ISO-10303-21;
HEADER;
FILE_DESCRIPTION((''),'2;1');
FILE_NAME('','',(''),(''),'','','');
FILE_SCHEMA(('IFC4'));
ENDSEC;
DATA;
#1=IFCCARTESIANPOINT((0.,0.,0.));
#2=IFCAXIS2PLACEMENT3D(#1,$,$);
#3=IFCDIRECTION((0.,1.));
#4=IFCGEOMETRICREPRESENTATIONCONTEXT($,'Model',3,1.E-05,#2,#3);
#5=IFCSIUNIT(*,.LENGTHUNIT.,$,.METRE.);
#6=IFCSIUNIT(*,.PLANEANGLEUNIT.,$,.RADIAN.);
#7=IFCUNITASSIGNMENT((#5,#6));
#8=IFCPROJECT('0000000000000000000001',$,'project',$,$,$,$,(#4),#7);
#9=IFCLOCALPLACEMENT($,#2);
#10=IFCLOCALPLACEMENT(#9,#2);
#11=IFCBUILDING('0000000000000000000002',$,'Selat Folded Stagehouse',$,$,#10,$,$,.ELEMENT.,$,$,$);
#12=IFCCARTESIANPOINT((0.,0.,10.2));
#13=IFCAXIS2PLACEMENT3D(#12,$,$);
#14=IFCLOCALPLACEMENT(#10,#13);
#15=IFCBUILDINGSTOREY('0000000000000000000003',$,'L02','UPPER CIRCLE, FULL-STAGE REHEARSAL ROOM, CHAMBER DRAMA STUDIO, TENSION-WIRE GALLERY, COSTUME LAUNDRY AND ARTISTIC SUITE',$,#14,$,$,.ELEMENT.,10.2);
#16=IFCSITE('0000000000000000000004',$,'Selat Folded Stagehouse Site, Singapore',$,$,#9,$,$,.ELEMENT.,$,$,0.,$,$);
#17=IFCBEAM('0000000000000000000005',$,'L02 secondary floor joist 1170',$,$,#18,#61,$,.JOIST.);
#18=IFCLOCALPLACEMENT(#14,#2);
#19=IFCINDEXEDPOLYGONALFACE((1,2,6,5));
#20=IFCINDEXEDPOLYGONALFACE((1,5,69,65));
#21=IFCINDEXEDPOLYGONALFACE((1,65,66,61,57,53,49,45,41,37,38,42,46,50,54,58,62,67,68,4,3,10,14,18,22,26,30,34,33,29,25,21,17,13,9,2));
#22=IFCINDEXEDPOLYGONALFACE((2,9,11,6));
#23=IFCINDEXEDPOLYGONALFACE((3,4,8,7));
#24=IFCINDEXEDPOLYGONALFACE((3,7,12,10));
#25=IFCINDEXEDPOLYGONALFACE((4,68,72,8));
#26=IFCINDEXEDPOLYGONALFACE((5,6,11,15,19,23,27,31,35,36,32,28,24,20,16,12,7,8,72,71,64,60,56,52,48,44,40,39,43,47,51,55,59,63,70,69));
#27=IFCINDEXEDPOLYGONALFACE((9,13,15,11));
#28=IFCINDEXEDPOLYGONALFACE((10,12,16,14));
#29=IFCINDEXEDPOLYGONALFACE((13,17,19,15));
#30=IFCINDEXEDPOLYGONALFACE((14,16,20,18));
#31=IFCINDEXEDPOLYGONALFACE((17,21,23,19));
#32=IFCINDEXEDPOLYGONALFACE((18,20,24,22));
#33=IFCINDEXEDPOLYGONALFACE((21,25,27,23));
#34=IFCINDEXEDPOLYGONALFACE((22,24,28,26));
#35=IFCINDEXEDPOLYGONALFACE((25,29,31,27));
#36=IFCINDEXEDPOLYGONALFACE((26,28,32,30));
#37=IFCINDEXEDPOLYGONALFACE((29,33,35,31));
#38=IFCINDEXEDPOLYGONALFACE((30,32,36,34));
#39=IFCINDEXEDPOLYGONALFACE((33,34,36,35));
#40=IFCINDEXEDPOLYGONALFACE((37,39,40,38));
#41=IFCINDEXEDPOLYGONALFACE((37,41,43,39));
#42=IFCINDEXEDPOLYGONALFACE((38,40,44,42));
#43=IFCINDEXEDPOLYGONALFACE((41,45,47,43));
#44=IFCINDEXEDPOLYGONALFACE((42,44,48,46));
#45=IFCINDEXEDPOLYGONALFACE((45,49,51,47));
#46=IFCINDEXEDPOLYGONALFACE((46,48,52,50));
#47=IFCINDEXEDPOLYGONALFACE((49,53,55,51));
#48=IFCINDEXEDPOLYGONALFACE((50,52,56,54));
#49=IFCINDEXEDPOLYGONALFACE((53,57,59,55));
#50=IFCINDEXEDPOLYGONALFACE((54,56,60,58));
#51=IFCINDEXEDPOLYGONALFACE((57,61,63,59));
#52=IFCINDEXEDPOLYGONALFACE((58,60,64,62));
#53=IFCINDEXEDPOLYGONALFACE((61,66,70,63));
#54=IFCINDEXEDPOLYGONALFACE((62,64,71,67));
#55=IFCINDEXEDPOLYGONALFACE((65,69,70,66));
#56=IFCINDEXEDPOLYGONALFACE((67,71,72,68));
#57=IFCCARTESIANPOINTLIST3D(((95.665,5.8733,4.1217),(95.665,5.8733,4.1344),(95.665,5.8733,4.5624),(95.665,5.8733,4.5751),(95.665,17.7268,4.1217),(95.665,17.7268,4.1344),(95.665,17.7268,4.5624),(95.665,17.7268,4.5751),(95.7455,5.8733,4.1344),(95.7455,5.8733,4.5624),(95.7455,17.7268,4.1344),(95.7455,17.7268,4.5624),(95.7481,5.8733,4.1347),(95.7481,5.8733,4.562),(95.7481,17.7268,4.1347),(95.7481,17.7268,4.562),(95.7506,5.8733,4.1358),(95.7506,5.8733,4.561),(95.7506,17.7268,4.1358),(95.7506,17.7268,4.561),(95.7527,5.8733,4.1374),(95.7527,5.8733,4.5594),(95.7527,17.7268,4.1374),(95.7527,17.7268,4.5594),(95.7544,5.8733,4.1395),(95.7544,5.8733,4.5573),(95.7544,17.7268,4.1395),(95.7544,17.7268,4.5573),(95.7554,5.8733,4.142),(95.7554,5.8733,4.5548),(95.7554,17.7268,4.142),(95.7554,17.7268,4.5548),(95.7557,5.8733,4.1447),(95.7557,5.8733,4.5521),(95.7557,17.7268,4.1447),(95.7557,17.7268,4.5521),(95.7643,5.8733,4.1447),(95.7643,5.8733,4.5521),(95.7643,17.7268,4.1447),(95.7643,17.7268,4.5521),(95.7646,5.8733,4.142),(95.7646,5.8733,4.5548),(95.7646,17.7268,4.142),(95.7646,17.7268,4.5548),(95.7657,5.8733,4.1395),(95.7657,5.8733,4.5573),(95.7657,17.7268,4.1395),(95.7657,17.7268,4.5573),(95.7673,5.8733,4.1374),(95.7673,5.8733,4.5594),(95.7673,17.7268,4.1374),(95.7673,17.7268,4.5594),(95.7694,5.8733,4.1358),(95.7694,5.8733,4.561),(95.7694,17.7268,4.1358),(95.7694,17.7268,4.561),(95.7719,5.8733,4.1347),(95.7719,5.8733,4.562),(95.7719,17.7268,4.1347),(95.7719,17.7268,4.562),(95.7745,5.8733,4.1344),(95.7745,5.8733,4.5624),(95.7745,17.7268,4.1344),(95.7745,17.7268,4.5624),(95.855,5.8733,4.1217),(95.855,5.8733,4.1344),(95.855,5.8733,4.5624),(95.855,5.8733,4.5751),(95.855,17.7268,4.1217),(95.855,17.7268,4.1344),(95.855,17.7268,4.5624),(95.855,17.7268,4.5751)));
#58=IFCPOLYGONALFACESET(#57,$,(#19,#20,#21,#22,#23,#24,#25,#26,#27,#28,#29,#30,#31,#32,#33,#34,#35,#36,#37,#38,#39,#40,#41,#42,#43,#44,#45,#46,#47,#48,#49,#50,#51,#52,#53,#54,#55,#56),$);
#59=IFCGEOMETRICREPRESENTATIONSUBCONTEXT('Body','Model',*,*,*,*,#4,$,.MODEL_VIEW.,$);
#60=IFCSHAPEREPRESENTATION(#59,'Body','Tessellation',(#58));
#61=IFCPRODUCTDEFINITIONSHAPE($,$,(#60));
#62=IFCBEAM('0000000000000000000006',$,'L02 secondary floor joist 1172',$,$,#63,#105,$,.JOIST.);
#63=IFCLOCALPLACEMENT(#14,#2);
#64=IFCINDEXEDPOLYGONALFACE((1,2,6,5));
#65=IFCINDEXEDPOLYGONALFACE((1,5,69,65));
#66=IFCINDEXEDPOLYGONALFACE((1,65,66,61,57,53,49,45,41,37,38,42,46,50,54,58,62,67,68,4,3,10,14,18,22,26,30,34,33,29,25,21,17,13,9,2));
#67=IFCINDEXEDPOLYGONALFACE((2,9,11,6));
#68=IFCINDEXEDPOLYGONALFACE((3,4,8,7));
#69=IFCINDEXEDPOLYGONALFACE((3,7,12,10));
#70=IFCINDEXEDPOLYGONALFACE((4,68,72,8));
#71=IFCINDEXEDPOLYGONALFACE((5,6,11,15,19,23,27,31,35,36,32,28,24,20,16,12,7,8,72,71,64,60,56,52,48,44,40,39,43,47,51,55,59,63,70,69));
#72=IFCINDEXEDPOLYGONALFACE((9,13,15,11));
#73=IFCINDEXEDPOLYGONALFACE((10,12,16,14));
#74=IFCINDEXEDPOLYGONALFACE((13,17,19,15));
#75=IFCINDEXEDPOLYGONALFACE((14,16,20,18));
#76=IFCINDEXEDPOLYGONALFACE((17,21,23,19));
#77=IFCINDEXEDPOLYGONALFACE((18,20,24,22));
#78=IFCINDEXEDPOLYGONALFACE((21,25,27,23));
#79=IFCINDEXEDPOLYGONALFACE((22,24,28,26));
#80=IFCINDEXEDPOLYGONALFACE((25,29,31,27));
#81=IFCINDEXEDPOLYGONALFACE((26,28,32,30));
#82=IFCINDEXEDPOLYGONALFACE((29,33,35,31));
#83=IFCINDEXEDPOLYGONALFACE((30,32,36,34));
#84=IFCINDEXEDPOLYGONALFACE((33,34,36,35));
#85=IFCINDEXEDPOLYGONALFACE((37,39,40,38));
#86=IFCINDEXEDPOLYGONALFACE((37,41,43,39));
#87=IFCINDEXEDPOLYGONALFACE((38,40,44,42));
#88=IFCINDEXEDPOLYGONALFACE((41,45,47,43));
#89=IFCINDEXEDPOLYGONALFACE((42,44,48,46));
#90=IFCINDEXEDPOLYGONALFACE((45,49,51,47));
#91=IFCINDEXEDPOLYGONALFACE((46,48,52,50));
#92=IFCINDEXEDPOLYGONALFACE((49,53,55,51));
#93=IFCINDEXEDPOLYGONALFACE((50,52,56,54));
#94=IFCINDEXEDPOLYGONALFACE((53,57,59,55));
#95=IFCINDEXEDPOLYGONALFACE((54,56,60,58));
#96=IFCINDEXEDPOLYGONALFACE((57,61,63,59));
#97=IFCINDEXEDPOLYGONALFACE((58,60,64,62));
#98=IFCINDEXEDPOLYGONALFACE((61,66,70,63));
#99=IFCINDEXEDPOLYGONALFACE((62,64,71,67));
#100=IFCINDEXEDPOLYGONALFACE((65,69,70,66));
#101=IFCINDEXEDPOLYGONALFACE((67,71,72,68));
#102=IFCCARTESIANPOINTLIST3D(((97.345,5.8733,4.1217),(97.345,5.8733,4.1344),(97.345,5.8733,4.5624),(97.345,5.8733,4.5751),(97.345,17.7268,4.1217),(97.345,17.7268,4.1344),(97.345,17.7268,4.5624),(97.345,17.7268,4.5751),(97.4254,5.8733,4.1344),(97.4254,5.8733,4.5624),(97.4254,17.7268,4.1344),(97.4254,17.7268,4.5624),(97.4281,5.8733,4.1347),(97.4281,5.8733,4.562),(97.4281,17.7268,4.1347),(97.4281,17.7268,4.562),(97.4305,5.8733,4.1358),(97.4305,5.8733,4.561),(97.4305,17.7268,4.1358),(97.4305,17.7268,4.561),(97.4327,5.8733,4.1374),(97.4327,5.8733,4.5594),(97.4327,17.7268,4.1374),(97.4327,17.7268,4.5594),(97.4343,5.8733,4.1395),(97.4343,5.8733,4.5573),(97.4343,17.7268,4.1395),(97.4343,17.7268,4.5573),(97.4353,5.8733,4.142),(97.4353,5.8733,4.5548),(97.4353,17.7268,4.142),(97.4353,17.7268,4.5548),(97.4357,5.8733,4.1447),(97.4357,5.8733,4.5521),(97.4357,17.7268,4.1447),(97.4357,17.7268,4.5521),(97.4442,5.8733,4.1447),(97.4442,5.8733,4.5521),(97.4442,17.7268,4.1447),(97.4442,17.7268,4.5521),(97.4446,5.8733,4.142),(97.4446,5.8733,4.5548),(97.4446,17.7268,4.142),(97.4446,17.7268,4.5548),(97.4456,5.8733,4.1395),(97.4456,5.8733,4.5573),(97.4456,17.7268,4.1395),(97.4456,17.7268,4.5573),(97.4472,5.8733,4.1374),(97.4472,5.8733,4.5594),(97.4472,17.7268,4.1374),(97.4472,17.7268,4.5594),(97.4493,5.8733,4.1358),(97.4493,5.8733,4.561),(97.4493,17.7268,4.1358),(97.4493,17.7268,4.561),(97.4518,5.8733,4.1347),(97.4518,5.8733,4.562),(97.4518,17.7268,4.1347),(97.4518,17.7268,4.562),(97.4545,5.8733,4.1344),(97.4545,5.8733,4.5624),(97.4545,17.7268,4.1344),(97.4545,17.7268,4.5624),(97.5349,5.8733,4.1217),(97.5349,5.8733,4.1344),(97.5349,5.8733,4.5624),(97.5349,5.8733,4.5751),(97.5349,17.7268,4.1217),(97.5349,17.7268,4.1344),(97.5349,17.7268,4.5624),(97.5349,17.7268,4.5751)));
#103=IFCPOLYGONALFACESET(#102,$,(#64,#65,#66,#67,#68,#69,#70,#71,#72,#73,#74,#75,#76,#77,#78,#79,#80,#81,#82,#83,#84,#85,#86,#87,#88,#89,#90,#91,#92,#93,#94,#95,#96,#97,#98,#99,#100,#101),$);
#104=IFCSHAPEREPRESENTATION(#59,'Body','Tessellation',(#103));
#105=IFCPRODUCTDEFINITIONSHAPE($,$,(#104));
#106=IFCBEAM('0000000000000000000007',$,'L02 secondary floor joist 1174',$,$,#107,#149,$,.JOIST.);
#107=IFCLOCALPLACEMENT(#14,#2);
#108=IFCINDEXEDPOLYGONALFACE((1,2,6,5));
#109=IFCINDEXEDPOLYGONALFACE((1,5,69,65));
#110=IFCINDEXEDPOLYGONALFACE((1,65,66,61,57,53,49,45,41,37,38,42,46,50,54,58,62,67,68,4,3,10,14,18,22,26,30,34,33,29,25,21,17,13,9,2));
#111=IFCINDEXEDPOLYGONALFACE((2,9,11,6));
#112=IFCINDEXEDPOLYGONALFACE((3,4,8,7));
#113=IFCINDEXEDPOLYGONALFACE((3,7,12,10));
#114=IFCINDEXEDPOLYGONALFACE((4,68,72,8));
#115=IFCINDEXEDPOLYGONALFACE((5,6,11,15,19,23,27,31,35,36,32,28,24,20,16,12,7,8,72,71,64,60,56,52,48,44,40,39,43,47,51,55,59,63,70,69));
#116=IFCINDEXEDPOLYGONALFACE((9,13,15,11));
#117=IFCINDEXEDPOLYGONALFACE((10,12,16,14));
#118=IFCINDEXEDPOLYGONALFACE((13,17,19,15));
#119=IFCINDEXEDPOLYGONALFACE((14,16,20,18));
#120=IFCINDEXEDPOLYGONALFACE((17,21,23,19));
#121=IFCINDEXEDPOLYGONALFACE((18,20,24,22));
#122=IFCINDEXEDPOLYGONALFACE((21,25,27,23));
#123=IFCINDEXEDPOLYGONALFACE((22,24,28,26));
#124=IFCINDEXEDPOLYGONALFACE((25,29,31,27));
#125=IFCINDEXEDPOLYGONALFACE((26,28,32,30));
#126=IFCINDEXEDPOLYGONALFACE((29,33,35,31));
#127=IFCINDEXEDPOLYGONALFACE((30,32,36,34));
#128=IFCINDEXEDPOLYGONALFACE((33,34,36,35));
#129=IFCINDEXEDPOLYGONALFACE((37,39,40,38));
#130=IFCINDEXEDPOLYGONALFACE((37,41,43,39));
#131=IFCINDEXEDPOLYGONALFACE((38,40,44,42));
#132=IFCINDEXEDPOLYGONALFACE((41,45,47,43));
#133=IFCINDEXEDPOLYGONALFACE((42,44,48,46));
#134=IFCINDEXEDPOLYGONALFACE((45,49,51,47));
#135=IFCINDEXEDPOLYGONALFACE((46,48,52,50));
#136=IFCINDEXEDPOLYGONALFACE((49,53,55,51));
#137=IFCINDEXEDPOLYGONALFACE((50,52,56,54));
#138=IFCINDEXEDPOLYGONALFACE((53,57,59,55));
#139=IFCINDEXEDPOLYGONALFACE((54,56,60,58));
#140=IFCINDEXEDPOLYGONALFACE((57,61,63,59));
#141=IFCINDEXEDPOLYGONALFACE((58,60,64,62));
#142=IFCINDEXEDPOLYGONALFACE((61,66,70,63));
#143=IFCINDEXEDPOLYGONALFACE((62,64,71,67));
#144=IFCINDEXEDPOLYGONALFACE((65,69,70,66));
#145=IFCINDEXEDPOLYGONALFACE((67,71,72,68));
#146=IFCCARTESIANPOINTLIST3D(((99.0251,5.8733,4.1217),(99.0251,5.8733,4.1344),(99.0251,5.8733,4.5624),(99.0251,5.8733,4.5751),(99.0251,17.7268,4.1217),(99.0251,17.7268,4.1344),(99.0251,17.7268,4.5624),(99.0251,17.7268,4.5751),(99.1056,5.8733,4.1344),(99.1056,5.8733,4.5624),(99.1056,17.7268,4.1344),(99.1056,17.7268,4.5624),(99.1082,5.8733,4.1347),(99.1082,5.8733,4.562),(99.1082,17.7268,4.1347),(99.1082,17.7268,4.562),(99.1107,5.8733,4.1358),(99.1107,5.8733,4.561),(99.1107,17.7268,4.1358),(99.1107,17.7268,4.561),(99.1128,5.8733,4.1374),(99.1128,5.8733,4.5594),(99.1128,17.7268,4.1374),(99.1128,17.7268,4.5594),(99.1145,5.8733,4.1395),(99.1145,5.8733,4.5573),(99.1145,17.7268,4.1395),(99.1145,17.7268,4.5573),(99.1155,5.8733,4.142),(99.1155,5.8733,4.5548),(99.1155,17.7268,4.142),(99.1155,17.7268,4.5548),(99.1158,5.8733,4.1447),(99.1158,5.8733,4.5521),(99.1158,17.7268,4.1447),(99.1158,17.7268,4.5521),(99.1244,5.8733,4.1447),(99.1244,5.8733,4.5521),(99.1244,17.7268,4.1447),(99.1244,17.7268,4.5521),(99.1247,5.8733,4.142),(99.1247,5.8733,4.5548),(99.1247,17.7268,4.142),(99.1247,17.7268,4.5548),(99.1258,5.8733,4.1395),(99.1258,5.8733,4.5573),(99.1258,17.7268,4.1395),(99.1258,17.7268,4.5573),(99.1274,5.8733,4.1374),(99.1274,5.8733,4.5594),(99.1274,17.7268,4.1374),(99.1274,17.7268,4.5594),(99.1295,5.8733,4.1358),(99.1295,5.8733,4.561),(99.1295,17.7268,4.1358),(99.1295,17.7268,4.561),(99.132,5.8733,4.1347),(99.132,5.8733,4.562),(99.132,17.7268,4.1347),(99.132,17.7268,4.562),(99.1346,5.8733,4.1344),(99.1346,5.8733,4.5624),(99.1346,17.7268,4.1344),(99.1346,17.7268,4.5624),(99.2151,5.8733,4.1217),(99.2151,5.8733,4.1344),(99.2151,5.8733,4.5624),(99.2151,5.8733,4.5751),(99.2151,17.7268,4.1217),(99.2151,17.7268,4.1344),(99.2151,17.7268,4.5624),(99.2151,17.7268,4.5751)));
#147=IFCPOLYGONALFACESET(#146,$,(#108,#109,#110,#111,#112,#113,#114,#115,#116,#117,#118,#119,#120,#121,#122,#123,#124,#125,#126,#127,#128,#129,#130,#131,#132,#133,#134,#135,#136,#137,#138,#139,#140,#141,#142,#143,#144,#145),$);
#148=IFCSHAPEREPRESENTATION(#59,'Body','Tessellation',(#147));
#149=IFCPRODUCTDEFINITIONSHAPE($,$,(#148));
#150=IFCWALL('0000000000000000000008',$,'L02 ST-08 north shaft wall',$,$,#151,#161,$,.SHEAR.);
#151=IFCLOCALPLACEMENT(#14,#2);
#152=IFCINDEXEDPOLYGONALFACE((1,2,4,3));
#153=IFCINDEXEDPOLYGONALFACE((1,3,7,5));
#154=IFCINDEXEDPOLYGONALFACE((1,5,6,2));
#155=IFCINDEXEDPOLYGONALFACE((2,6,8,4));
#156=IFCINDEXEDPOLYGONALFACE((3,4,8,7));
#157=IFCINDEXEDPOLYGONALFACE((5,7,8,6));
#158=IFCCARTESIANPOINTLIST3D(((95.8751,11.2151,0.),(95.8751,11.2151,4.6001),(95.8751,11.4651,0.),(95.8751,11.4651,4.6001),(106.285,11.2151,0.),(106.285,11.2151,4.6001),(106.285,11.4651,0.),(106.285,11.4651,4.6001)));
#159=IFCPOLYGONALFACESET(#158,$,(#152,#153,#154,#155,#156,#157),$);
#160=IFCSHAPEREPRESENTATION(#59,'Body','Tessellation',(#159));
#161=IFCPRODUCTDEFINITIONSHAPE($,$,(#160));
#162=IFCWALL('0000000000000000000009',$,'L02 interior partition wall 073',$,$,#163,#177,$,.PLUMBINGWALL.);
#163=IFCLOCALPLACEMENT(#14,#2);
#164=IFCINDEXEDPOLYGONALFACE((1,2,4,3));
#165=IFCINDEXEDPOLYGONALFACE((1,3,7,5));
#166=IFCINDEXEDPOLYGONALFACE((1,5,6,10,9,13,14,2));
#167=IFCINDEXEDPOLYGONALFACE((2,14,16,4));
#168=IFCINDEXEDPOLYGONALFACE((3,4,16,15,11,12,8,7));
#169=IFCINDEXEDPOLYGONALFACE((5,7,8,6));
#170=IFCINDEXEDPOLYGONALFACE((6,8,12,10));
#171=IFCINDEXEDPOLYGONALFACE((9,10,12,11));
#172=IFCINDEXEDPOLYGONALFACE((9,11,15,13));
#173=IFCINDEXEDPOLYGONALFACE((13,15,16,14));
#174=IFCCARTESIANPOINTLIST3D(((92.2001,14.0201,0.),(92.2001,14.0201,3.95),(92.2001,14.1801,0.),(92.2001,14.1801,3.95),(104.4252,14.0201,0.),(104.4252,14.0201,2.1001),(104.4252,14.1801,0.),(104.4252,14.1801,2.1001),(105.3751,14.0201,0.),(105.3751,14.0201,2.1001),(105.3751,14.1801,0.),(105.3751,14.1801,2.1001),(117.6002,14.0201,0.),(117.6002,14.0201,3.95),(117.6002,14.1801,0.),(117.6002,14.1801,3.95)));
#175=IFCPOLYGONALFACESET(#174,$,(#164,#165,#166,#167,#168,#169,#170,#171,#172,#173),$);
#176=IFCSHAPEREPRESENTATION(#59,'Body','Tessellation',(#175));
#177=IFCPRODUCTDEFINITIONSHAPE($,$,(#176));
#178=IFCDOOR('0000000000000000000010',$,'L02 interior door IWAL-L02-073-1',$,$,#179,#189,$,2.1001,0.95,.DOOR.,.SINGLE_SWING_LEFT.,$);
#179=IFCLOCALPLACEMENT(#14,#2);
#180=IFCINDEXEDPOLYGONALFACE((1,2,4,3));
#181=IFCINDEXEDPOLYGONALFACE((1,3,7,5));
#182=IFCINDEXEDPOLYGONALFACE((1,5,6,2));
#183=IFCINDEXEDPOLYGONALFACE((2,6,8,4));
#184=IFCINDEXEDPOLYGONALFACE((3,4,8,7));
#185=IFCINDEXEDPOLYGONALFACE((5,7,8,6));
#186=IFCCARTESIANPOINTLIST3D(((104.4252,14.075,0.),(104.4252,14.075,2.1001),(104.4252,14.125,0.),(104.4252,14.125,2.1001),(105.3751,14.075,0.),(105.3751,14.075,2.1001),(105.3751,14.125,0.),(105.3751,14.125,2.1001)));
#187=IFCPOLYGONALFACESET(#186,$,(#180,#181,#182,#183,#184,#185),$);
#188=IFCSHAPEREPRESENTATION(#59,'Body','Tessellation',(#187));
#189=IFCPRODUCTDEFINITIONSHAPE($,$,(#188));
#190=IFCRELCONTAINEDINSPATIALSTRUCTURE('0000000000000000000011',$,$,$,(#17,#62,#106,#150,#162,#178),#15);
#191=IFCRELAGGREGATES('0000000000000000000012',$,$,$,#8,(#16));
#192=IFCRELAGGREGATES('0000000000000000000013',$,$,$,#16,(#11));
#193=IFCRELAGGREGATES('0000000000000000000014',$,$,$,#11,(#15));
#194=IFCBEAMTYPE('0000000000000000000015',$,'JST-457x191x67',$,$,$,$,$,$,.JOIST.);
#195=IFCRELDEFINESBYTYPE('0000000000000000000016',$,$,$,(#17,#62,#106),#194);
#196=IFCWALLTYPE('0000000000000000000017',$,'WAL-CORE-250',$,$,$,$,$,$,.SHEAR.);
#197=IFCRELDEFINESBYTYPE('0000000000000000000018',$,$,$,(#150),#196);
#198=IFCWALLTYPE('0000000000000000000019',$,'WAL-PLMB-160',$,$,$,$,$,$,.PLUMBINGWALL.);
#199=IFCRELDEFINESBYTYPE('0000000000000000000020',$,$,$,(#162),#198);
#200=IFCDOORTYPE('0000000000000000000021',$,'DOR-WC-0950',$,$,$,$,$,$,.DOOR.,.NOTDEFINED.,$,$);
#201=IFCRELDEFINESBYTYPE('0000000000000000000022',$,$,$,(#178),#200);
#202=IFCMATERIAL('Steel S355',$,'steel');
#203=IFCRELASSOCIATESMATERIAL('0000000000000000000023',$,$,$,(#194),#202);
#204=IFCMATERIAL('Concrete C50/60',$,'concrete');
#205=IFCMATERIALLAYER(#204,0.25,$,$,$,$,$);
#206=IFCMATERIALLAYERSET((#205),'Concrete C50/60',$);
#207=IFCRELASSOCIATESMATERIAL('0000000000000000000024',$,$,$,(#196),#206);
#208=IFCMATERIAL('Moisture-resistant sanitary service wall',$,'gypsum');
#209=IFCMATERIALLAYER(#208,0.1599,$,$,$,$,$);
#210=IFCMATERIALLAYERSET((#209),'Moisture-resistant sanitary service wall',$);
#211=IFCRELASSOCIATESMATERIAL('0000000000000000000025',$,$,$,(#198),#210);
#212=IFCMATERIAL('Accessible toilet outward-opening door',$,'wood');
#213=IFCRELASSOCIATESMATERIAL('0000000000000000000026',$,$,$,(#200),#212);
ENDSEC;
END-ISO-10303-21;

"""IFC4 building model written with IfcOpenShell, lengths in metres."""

from ifc_helpers import new_model, si_unit, direction, frame, frame_2d, origin, origin_2d, place, context, subcontext, project, spatial, rectangle, i_section, extrude, material, layer, layer_set, material_profile, profile_set, type_object, element, fill, save


model = new_model("IFC4")

# Units and contexts
model_context = context("Model", 3, precision=1e-05, world=origin(), true_north=direction((0.0, 1.0)))
body_context = subcontext(model_context, "Body", "Model", "MODEL_VIEW")
ifc_project = project(units=[si_unit("LENGTHUNIT", "METRE"), si_unit("PLANEANGLEUNIT", "RADIAN")], contexts=[model_context])

# Site, building, storey
site_placement = place(None, origin())
site = spatial("IfcSite", under=ifc_project, at=site_placement, Name="Selat Folded Stagehouse Site, Singapore", CompositionType="ELEMENT", RefElevation=0.0)
building_placement = place(site_placement, origin())
building = spatial("IfcBuilding", under=site, at=building_placement, Name="Selat Folded Stagehouse", CompositionType="ELEMENT")
storey_placement = place(building_placement, frame((0.0, 0.0, 10.2)))
storey = spatial("IfcBuildingStorey", under=building, at=storey_placement, Name="L02", Description="UPPER CIRCLE, FULL-STAGE REHEARSAL ROOM, CHAMBER DRAMA STUDIO, TENSION-WIRE GALLERY, COSTUME LAUNDRY AND ARTISTIC SUITE", CompositionType="ELEMENT", Elevation=10.2)

# Shared definitions
ifc_material_1 = material(Name="Steel S355", Category="steel")

# Beams
ifc_material_profile_1 = material_profile(ifc_material_1, i_section(OverallWidth=0.1899, OverallDepth=0.4534, WebThickness=0.0085, FlangeThickness=0.0127, FilletRadius=0.0103, at=origin_2d()), Name="UKB 457x191x67")
ifc_profile_set_1 = profile_set([ifc_material_profile_1], Name="Steel S355")
beam_type_1 = type_object("IfcBeamType", Name="JST-457x191x67", PredefinedType="JOIST", material=ifc_profile_set_1)
for number, where, z_axis, x_axis, name in (
    (1, (95.76, 5.8733, 4.3484), (0.0, 1.0, 0.0), (-1.0, 0.0, 0.0), "L02 secondary floor joist 1170"),
    (2, (97.4399, 5.8733, 4.3484), (0.0, 1.0, 0.0), (-1.0, 0.0, 0.0), "L02 secondary floor joist 1172"),
    (3, (99.1201, 5.8733, 4.3484), (0.0, 1.0, 0.0), (-1.0, 0.0, 0.0), "L02 secondary floor joist 1174"),
):
    element("IfcBeam", number, at=place(storey_placement, frame(where, z_axis=z_axis, x_axis=x_axis)), inside=storey, type_object=beam_type_1, Name=name, PredefinedType="JOIST", context=body_context, shape_type="SweptSolid", body=[
        extrude(i_section(OverallWidth=0.1899, OverallDepth=0.4534, WebThickness=0.0085, FlangeThickness=0.0127, FilletRadius=0.0103, at=origin_2d()), origin(), (0.0, 0.0, 1.0), 11.8535),
    ])

# Wall
ifc_material_2 = material(Name="Concrete C50/60", Category="concrete")
ifc_layer_1 = layer(ifc_material_2, 0.25)
ifc_layer_set_1 = layer_set([ifc_layer_1], Name="Concrete C50/60")
wall_type_1 = type_object("IfcWallType", Name="WAL-CORE-250", PredefinedType="SHEAR", material=ifc_layer_set_1)
wall_1_placement = place(storey_placement, frame((95.875, 11.3401, 0.0), z_axis=(0.0, 0.0, 1.0), x_axis=(1.0, 0.0, 0.0)))
element("IfcWall", 4, at=wall_1_placement, inside=storey, type_object=wall_type_1, Name="L02 ST-08 north shaft wall", PredefinedType="SHEAR", context=body_context, shape_type="SweptSolid", body=[
    extrude(rectangle(XDim=10.4099, YDim=0.25, at=frame_2d((5.2051, 0.0))), origin(), (0.0, 0.0, 1.0), 4.6001),
])

# Wall, opening, door
ifc_material_3 = material(Name="Moisture-resistant sanitary service wall", Category="gypsum")
ifc_layer_2 = layer(ifc_material_3, 0.1599)
ifc_layer_set_2 = layer_set([ifc_layer_2], Name="Moisture-resistant sanitary service wall")
wall_type_2 = type_object("IfcWallType", Name="WAL-PLMB-160", PredefinedType="PLUMBINGWALL", material=ifc_layer_set_2)
wall_2_placement = place(storey_placement, frame((92.2, 14.1001, 0.0), z_axis=(0.0, 0.0, 1.0), x_axis=(1.0, 0.0, 0.0)))
wall_2 = element("IfcWall", 5, at=wall_2_placement, inside=storey, type_object=wall_type_2, Name="L02 interior partition wall 073", PredefinedType="PLUMBINGWALL", context=body_context, shape_type="SweptSolid", body=[
    extrude(rectangle(XDim=25.4001, YDim=0.1599, at=frame_2d((12.7002, 0.0))), origin(), (0.0, 0.0, 1.0), 3.95),
])
opening_1_placement = place(wall_2_placement, frame((12.2251, 0.0, 0.0)))
opening_1 = element("IfcOpeningElement", 6, at=opening_1_placement, cuts=wall_2, PredefinedType="OPENING", context=body_context, shape_type="SweptSolid", body=[
    extrude(rectangle(XDim=0.95, YDim=2.1001, at=frame_2d((0.4751, 1.05))), frame((0.0, 0.0898, 0.0), z_axis=(0.0, -1.0, 0.0), x_axis=(1.0, 0.0, 0.0)), (0.0, 0.0, 1.0), 0.1799),
])
ifc_material_4 = material(Name="Accessible toilet outward-opening door", Category="wood")
door_type_1 = type_object("IfcDoorType", Name="DOR-WC-0950", OperationType="NOTDEFINED", PredefinedType="DOOR", material=ifc_material_4)
door_1_placement = place(opening_1_placement, origin())
door_1 = element("IfcDoor", 7, at=door_1_placement, inside=storey, type_object=door_type_1, Name="L02 interior door IWAL-L02-073-1", OperationType="SINGLE_SWING_LEFT", OverallHeight=2.1001, OverallWidth=0.95, PredefinedType="DOOR", context=body_context, shape_type="SweptSolid", body=[
    extrude(rectangle(XDim=0.95, YDim=2.1001, at=frame_2d((0.4751, 1.05))), frame((0.0, 0.0249, 0.0), z_axis=(0.0, -1.0, 0.0), x_axis=(1.0, 0.0, 0.0)), (0.0, 0.0, 1.0), 0.05),
])
fill(opening_1, door_1)

save(model, "model.ifc")
